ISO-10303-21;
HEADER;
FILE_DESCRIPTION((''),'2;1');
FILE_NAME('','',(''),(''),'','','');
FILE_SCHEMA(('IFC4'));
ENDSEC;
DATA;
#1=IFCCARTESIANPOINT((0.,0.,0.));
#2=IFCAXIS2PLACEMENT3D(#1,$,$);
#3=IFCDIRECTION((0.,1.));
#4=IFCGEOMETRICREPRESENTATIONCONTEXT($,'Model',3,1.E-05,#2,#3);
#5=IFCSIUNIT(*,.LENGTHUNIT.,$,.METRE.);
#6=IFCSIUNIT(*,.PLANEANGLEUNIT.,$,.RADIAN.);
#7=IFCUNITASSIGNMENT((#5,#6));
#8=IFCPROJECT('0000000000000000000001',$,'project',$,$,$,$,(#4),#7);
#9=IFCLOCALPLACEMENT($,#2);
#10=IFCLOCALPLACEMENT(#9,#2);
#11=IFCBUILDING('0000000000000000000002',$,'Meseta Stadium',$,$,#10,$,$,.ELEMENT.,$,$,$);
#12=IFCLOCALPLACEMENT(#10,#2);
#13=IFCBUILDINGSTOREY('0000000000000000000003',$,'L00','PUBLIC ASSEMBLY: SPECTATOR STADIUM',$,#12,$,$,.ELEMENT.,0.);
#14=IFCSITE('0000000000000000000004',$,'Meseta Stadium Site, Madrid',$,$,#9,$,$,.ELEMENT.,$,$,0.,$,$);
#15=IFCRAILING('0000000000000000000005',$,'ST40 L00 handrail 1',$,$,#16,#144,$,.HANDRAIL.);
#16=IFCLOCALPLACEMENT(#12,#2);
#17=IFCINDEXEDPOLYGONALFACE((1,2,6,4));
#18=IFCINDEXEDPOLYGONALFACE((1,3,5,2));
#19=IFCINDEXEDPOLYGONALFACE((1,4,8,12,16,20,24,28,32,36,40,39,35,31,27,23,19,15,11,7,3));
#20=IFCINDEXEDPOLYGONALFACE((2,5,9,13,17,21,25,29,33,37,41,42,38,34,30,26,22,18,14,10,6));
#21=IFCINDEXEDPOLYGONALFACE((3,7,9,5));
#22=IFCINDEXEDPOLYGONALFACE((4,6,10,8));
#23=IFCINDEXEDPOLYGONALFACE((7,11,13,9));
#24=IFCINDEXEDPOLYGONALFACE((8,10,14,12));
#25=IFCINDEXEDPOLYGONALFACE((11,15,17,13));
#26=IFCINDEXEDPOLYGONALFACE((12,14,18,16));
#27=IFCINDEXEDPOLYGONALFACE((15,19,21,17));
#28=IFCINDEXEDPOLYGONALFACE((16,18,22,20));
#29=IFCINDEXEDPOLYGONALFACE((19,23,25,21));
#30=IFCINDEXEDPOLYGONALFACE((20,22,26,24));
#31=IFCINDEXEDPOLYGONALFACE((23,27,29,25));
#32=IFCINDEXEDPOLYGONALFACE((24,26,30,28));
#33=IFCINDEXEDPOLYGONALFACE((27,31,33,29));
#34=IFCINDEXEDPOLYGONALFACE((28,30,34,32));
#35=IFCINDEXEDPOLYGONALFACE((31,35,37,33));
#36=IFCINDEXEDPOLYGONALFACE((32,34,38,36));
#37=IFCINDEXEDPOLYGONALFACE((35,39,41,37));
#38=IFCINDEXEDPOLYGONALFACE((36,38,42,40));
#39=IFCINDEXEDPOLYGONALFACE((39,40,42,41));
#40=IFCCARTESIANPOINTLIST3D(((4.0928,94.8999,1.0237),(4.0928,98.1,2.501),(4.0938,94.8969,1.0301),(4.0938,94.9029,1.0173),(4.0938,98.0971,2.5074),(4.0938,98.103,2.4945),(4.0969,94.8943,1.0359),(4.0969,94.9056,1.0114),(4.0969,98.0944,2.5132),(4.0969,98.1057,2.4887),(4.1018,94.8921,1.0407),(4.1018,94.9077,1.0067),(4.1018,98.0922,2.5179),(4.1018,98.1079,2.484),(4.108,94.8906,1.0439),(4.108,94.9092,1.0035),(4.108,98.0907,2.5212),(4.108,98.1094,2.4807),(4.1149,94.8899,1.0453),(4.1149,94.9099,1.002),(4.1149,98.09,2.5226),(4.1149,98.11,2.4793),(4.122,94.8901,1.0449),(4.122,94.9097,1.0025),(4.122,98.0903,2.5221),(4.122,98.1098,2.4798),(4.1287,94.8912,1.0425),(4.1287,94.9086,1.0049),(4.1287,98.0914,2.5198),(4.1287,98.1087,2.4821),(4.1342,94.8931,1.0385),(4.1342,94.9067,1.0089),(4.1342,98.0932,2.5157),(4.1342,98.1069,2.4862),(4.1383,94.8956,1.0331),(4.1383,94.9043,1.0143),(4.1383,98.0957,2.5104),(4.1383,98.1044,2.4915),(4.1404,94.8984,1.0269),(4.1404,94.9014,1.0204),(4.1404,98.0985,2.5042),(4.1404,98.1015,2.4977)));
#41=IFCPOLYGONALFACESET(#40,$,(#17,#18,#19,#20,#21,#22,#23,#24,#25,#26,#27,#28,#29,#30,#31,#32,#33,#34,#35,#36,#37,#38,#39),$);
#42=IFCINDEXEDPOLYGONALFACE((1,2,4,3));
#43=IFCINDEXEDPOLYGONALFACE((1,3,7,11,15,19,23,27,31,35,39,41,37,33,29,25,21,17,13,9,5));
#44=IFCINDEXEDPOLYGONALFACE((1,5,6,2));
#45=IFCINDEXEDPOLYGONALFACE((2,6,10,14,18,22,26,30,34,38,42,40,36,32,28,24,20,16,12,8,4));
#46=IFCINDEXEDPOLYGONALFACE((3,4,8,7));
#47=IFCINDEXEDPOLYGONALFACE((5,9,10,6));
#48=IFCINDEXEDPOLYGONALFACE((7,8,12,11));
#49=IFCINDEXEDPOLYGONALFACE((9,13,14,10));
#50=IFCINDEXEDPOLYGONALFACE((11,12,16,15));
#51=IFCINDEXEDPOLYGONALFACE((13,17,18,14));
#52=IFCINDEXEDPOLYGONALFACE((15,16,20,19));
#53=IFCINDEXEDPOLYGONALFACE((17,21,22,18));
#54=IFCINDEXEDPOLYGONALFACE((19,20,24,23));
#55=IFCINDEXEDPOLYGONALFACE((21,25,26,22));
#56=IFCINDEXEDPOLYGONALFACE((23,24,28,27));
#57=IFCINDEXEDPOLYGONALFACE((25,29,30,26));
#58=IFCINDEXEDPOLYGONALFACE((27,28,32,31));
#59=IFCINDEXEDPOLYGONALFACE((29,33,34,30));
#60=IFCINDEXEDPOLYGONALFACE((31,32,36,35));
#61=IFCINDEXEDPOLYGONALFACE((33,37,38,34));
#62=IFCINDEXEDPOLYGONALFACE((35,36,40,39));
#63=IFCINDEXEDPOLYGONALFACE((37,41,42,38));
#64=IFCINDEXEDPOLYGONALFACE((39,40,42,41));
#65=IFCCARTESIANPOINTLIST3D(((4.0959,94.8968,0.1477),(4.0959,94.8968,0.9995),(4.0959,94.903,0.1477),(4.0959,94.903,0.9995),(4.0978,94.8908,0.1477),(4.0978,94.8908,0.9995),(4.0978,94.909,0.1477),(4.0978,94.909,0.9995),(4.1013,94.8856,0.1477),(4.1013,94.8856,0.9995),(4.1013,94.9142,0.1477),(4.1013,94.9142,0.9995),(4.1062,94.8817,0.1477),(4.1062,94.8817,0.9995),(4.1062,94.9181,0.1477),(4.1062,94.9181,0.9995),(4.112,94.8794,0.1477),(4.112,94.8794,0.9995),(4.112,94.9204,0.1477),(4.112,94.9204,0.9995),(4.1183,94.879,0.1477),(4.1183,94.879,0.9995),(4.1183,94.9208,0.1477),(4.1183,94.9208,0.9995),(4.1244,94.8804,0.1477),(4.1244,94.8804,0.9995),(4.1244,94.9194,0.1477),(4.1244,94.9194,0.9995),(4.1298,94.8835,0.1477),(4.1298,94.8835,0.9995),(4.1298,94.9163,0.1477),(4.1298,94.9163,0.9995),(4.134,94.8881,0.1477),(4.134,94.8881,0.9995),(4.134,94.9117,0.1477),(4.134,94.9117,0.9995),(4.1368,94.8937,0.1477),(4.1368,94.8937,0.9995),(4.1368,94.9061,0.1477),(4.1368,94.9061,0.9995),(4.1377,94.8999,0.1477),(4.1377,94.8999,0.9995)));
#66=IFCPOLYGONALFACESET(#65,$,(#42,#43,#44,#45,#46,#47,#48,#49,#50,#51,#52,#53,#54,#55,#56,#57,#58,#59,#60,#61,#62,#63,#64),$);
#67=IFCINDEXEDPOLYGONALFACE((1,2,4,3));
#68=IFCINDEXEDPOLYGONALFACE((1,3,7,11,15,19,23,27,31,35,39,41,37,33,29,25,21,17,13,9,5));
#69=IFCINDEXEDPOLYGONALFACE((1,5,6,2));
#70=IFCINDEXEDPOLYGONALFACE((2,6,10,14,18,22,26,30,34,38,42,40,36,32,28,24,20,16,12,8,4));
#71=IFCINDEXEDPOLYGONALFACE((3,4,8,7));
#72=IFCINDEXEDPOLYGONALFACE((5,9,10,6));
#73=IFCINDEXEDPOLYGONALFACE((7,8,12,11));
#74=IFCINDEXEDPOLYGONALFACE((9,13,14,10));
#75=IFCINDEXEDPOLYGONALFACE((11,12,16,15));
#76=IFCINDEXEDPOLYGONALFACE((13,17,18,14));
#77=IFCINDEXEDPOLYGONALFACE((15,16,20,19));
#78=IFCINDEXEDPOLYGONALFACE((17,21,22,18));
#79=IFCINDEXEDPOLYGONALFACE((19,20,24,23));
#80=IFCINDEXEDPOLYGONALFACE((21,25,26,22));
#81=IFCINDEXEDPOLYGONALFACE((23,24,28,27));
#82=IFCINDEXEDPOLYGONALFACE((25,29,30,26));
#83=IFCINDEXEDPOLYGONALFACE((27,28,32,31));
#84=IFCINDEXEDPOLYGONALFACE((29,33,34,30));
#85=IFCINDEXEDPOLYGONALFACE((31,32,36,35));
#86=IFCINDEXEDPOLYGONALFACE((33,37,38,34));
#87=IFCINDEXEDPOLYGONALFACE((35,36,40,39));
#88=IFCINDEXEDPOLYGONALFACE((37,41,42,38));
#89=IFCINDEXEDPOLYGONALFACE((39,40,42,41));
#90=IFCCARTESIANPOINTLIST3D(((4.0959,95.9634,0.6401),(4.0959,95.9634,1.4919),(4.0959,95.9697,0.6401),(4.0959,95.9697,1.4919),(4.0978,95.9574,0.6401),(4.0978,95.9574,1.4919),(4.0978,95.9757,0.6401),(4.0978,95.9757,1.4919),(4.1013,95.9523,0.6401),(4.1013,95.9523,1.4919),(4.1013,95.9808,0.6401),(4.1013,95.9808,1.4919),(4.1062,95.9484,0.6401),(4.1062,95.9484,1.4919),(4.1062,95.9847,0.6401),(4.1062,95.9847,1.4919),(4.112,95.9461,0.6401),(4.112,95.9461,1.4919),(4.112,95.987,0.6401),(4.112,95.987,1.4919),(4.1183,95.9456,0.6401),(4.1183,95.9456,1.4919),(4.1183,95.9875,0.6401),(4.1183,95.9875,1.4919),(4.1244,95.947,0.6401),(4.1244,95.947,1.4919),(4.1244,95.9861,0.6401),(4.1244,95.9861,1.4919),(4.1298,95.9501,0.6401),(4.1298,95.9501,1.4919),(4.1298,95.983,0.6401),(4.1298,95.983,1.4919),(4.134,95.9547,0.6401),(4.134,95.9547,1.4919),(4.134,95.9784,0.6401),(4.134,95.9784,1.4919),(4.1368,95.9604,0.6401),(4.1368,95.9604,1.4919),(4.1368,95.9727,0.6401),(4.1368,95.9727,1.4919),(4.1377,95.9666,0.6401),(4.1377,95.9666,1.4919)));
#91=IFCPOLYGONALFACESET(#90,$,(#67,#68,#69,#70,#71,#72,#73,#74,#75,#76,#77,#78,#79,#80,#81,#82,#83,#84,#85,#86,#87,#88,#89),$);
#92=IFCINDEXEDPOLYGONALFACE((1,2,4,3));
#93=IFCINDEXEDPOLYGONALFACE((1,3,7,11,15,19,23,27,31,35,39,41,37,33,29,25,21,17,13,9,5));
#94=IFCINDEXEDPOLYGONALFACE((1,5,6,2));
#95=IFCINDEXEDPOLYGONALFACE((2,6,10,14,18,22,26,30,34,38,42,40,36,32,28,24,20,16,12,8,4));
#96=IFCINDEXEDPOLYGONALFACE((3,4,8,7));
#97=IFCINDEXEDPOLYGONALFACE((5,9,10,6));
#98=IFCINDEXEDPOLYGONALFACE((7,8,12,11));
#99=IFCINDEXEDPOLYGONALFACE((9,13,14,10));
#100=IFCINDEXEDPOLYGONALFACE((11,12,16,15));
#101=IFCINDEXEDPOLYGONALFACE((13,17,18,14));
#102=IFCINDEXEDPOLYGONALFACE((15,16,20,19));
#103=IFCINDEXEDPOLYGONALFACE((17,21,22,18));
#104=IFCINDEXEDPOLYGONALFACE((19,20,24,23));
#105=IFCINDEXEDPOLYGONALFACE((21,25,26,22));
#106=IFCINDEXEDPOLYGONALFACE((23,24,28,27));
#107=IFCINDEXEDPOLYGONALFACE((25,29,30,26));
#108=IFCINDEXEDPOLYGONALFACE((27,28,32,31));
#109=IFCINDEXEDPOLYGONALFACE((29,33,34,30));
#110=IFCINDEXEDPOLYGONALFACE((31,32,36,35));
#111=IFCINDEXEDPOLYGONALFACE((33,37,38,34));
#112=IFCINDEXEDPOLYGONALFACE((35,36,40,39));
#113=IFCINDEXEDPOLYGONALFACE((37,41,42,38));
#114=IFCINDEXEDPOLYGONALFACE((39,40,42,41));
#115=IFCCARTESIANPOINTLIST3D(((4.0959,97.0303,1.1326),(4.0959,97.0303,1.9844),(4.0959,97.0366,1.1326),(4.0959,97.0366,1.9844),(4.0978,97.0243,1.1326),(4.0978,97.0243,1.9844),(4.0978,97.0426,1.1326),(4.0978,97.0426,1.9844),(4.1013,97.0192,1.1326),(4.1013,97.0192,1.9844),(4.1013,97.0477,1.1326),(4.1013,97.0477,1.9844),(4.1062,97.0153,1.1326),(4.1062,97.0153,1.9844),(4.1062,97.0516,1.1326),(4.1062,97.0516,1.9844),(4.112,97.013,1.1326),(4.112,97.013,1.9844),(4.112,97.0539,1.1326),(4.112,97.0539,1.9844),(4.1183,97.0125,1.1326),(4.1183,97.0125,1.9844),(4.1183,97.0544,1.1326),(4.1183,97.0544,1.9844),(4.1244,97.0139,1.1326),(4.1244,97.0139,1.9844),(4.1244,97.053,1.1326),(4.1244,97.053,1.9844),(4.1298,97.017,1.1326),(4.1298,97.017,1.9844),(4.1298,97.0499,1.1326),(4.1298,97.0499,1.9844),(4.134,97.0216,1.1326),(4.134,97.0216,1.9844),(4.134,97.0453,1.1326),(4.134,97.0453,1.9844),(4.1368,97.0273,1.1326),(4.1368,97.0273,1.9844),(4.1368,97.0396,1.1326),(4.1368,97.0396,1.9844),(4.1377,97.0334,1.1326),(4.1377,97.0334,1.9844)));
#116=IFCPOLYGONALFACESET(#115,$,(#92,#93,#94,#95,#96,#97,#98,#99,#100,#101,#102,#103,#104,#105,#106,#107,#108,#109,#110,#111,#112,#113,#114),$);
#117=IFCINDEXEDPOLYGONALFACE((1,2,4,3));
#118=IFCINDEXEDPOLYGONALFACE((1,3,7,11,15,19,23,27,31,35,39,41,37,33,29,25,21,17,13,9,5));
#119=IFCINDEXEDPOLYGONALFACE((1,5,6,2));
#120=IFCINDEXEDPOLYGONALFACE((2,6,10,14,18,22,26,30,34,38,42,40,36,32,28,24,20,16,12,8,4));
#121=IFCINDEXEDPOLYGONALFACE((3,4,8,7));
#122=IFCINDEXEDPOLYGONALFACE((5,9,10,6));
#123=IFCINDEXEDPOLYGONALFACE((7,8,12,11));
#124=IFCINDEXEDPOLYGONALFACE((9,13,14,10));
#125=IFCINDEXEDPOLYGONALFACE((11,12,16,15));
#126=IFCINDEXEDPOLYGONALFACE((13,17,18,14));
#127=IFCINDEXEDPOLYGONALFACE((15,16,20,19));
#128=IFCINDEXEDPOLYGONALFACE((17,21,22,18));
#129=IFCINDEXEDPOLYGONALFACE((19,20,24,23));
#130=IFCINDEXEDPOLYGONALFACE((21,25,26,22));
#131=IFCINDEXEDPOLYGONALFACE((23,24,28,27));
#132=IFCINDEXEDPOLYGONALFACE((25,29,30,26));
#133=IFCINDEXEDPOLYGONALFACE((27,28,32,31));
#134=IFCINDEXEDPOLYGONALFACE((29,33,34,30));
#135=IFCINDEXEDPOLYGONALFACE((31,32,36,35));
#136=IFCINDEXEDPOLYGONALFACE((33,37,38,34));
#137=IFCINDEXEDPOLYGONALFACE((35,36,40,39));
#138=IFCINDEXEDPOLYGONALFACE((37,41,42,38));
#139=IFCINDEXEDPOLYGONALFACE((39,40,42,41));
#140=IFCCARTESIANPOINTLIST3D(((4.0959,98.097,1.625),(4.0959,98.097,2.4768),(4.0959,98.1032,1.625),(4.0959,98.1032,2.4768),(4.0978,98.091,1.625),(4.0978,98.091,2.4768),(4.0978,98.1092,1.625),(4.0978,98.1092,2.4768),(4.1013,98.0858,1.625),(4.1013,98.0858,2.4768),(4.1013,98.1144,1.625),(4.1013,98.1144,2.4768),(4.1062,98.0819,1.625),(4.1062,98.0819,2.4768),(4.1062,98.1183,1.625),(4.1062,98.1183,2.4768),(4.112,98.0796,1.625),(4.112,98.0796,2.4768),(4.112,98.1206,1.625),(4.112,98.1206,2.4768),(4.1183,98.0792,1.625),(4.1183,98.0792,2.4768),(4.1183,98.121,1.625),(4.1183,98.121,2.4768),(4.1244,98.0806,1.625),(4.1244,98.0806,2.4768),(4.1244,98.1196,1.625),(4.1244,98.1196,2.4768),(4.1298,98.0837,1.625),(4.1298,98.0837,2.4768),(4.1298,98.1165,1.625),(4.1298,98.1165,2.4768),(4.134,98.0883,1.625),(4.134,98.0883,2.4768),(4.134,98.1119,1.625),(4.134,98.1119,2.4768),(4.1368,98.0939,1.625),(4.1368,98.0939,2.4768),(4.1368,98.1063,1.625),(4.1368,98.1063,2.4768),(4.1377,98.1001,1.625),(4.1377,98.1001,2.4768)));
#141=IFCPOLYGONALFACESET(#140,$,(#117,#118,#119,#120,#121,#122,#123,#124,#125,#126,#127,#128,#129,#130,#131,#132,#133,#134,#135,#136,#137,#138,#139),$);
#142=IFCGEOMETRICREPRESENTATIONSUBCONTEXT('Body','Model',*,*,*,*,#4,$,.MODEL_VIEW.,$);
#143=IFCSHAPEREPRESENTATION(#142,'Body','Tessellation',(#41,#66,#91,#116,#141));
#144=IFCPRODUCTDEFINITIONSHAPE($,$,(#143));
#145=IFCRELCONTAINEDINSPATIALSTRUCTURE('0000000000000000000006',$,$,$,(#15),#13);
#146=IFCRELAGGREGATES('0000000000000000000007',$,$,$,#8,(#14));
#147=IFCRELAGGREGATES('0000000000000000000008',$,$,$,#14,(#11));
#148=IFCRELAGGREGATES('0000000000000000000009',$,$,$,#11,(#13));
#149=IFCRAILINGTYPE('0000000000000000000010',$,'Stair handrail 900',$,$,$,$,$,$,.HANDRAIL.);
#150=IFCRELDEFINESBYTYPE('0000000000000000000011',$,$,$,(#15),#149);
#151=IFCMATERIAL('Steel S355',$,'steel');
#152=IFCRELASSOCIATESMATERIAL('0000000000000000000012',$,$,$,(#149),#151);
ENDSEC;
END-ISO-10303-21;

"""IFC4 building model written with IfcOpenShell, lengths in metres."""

from ifc_helpers import new_model, si_unit, direction, frame, origin, origin_2d, place, context, subcontext, project, spatial, circle, extrude, material, type_object, element, save


model = new_model("IFC4")

# Units and contexts
model_context = context("Model", 3, precision=1e-05, world=origin(), true_north=direction((0.0, 1.0)))
body_context = subcontext(model_context, "Body", "Model", "MODEL_VIEW")
ifc_project = project(units=[si_unit("LENGTHUNIT", "METRE"), si_unit("PLANEANGLEUNIT", "RADIAN")], contexts=[model_context])

# Site, building, storey
site_placement = place(None, origin())
site = spatial("IfcSite", under=ifc_project, at=site_placement, Name="Meseta Stadium Site, Madrid", CompositionType="ELEMENT", RefElevation=0.0)
building_placement = place(site_placement, origin())
building = spatial("IfcBuilding", under=site, at=building_placement, Name="Meseta Stadium", CompositionType="ELEMENT")
storey_placement = place(building_placement, origin())
storey = spatial("IfcBuildingStorey", under=building, at=storey_placement, Name="L00", Description="PUBLIC ASSEMBLY: SPECTATOR STADIUM", CompositionType="ELEMENT", Elevation=0.0)

# Railing
ifc_material_1 = material(Name="Steel S355", Category="steel")
railing_type_1 = type_object("IfcRailingType", Name="Stair handrail 900", PredefinedType="HANDRAIL", material=ifc_material_1)
railing_1_placement = place(storey_placement, frame((4.1167, 94.8999, 0.1477)))
element("IfcRailing", 1, at=railing_1_placement, inside=storey, type_object=railing_type_1, Name="ST40 L00 handrail 1", PredefinedType="HANDRAIL", context=body_context, shape_type="SweptSolid", body=[
    extrude(circle(Radius=0.0239, at=origin_2d()), frame((0.0, 0.0, 0.876), z_axis=(0.0, 0.907929, 0.419124), x_axis=(-1.0, 0.0, 0.0)), (0.0, 0.0, 1.0), 3.5247),
    extrude(circle(Radius=0.021, at=origin_2d()), origin(), (0.0, 0.0, 1.0), 0.8518),
    extrude(circle(Radius=0.021, at=origin_2d()), frame((0.0, 1.0667, 0.4924)), (0.0, 0.0, 1.0), 0.8518),
    extrude(circle(Radius=0.021, at=origin_2d()), frame((0.0, 2.1335, 0.9849)), (0.0, 0.0, 1.0), 0.8518),
    extrude(circle(Radius=0.021, at=origin_2d()), frame((0.0, 3.2002, 1.4773)), (0.0, 0.0, 1.0), 0.8518),
])

save(model, "model.ifc")
